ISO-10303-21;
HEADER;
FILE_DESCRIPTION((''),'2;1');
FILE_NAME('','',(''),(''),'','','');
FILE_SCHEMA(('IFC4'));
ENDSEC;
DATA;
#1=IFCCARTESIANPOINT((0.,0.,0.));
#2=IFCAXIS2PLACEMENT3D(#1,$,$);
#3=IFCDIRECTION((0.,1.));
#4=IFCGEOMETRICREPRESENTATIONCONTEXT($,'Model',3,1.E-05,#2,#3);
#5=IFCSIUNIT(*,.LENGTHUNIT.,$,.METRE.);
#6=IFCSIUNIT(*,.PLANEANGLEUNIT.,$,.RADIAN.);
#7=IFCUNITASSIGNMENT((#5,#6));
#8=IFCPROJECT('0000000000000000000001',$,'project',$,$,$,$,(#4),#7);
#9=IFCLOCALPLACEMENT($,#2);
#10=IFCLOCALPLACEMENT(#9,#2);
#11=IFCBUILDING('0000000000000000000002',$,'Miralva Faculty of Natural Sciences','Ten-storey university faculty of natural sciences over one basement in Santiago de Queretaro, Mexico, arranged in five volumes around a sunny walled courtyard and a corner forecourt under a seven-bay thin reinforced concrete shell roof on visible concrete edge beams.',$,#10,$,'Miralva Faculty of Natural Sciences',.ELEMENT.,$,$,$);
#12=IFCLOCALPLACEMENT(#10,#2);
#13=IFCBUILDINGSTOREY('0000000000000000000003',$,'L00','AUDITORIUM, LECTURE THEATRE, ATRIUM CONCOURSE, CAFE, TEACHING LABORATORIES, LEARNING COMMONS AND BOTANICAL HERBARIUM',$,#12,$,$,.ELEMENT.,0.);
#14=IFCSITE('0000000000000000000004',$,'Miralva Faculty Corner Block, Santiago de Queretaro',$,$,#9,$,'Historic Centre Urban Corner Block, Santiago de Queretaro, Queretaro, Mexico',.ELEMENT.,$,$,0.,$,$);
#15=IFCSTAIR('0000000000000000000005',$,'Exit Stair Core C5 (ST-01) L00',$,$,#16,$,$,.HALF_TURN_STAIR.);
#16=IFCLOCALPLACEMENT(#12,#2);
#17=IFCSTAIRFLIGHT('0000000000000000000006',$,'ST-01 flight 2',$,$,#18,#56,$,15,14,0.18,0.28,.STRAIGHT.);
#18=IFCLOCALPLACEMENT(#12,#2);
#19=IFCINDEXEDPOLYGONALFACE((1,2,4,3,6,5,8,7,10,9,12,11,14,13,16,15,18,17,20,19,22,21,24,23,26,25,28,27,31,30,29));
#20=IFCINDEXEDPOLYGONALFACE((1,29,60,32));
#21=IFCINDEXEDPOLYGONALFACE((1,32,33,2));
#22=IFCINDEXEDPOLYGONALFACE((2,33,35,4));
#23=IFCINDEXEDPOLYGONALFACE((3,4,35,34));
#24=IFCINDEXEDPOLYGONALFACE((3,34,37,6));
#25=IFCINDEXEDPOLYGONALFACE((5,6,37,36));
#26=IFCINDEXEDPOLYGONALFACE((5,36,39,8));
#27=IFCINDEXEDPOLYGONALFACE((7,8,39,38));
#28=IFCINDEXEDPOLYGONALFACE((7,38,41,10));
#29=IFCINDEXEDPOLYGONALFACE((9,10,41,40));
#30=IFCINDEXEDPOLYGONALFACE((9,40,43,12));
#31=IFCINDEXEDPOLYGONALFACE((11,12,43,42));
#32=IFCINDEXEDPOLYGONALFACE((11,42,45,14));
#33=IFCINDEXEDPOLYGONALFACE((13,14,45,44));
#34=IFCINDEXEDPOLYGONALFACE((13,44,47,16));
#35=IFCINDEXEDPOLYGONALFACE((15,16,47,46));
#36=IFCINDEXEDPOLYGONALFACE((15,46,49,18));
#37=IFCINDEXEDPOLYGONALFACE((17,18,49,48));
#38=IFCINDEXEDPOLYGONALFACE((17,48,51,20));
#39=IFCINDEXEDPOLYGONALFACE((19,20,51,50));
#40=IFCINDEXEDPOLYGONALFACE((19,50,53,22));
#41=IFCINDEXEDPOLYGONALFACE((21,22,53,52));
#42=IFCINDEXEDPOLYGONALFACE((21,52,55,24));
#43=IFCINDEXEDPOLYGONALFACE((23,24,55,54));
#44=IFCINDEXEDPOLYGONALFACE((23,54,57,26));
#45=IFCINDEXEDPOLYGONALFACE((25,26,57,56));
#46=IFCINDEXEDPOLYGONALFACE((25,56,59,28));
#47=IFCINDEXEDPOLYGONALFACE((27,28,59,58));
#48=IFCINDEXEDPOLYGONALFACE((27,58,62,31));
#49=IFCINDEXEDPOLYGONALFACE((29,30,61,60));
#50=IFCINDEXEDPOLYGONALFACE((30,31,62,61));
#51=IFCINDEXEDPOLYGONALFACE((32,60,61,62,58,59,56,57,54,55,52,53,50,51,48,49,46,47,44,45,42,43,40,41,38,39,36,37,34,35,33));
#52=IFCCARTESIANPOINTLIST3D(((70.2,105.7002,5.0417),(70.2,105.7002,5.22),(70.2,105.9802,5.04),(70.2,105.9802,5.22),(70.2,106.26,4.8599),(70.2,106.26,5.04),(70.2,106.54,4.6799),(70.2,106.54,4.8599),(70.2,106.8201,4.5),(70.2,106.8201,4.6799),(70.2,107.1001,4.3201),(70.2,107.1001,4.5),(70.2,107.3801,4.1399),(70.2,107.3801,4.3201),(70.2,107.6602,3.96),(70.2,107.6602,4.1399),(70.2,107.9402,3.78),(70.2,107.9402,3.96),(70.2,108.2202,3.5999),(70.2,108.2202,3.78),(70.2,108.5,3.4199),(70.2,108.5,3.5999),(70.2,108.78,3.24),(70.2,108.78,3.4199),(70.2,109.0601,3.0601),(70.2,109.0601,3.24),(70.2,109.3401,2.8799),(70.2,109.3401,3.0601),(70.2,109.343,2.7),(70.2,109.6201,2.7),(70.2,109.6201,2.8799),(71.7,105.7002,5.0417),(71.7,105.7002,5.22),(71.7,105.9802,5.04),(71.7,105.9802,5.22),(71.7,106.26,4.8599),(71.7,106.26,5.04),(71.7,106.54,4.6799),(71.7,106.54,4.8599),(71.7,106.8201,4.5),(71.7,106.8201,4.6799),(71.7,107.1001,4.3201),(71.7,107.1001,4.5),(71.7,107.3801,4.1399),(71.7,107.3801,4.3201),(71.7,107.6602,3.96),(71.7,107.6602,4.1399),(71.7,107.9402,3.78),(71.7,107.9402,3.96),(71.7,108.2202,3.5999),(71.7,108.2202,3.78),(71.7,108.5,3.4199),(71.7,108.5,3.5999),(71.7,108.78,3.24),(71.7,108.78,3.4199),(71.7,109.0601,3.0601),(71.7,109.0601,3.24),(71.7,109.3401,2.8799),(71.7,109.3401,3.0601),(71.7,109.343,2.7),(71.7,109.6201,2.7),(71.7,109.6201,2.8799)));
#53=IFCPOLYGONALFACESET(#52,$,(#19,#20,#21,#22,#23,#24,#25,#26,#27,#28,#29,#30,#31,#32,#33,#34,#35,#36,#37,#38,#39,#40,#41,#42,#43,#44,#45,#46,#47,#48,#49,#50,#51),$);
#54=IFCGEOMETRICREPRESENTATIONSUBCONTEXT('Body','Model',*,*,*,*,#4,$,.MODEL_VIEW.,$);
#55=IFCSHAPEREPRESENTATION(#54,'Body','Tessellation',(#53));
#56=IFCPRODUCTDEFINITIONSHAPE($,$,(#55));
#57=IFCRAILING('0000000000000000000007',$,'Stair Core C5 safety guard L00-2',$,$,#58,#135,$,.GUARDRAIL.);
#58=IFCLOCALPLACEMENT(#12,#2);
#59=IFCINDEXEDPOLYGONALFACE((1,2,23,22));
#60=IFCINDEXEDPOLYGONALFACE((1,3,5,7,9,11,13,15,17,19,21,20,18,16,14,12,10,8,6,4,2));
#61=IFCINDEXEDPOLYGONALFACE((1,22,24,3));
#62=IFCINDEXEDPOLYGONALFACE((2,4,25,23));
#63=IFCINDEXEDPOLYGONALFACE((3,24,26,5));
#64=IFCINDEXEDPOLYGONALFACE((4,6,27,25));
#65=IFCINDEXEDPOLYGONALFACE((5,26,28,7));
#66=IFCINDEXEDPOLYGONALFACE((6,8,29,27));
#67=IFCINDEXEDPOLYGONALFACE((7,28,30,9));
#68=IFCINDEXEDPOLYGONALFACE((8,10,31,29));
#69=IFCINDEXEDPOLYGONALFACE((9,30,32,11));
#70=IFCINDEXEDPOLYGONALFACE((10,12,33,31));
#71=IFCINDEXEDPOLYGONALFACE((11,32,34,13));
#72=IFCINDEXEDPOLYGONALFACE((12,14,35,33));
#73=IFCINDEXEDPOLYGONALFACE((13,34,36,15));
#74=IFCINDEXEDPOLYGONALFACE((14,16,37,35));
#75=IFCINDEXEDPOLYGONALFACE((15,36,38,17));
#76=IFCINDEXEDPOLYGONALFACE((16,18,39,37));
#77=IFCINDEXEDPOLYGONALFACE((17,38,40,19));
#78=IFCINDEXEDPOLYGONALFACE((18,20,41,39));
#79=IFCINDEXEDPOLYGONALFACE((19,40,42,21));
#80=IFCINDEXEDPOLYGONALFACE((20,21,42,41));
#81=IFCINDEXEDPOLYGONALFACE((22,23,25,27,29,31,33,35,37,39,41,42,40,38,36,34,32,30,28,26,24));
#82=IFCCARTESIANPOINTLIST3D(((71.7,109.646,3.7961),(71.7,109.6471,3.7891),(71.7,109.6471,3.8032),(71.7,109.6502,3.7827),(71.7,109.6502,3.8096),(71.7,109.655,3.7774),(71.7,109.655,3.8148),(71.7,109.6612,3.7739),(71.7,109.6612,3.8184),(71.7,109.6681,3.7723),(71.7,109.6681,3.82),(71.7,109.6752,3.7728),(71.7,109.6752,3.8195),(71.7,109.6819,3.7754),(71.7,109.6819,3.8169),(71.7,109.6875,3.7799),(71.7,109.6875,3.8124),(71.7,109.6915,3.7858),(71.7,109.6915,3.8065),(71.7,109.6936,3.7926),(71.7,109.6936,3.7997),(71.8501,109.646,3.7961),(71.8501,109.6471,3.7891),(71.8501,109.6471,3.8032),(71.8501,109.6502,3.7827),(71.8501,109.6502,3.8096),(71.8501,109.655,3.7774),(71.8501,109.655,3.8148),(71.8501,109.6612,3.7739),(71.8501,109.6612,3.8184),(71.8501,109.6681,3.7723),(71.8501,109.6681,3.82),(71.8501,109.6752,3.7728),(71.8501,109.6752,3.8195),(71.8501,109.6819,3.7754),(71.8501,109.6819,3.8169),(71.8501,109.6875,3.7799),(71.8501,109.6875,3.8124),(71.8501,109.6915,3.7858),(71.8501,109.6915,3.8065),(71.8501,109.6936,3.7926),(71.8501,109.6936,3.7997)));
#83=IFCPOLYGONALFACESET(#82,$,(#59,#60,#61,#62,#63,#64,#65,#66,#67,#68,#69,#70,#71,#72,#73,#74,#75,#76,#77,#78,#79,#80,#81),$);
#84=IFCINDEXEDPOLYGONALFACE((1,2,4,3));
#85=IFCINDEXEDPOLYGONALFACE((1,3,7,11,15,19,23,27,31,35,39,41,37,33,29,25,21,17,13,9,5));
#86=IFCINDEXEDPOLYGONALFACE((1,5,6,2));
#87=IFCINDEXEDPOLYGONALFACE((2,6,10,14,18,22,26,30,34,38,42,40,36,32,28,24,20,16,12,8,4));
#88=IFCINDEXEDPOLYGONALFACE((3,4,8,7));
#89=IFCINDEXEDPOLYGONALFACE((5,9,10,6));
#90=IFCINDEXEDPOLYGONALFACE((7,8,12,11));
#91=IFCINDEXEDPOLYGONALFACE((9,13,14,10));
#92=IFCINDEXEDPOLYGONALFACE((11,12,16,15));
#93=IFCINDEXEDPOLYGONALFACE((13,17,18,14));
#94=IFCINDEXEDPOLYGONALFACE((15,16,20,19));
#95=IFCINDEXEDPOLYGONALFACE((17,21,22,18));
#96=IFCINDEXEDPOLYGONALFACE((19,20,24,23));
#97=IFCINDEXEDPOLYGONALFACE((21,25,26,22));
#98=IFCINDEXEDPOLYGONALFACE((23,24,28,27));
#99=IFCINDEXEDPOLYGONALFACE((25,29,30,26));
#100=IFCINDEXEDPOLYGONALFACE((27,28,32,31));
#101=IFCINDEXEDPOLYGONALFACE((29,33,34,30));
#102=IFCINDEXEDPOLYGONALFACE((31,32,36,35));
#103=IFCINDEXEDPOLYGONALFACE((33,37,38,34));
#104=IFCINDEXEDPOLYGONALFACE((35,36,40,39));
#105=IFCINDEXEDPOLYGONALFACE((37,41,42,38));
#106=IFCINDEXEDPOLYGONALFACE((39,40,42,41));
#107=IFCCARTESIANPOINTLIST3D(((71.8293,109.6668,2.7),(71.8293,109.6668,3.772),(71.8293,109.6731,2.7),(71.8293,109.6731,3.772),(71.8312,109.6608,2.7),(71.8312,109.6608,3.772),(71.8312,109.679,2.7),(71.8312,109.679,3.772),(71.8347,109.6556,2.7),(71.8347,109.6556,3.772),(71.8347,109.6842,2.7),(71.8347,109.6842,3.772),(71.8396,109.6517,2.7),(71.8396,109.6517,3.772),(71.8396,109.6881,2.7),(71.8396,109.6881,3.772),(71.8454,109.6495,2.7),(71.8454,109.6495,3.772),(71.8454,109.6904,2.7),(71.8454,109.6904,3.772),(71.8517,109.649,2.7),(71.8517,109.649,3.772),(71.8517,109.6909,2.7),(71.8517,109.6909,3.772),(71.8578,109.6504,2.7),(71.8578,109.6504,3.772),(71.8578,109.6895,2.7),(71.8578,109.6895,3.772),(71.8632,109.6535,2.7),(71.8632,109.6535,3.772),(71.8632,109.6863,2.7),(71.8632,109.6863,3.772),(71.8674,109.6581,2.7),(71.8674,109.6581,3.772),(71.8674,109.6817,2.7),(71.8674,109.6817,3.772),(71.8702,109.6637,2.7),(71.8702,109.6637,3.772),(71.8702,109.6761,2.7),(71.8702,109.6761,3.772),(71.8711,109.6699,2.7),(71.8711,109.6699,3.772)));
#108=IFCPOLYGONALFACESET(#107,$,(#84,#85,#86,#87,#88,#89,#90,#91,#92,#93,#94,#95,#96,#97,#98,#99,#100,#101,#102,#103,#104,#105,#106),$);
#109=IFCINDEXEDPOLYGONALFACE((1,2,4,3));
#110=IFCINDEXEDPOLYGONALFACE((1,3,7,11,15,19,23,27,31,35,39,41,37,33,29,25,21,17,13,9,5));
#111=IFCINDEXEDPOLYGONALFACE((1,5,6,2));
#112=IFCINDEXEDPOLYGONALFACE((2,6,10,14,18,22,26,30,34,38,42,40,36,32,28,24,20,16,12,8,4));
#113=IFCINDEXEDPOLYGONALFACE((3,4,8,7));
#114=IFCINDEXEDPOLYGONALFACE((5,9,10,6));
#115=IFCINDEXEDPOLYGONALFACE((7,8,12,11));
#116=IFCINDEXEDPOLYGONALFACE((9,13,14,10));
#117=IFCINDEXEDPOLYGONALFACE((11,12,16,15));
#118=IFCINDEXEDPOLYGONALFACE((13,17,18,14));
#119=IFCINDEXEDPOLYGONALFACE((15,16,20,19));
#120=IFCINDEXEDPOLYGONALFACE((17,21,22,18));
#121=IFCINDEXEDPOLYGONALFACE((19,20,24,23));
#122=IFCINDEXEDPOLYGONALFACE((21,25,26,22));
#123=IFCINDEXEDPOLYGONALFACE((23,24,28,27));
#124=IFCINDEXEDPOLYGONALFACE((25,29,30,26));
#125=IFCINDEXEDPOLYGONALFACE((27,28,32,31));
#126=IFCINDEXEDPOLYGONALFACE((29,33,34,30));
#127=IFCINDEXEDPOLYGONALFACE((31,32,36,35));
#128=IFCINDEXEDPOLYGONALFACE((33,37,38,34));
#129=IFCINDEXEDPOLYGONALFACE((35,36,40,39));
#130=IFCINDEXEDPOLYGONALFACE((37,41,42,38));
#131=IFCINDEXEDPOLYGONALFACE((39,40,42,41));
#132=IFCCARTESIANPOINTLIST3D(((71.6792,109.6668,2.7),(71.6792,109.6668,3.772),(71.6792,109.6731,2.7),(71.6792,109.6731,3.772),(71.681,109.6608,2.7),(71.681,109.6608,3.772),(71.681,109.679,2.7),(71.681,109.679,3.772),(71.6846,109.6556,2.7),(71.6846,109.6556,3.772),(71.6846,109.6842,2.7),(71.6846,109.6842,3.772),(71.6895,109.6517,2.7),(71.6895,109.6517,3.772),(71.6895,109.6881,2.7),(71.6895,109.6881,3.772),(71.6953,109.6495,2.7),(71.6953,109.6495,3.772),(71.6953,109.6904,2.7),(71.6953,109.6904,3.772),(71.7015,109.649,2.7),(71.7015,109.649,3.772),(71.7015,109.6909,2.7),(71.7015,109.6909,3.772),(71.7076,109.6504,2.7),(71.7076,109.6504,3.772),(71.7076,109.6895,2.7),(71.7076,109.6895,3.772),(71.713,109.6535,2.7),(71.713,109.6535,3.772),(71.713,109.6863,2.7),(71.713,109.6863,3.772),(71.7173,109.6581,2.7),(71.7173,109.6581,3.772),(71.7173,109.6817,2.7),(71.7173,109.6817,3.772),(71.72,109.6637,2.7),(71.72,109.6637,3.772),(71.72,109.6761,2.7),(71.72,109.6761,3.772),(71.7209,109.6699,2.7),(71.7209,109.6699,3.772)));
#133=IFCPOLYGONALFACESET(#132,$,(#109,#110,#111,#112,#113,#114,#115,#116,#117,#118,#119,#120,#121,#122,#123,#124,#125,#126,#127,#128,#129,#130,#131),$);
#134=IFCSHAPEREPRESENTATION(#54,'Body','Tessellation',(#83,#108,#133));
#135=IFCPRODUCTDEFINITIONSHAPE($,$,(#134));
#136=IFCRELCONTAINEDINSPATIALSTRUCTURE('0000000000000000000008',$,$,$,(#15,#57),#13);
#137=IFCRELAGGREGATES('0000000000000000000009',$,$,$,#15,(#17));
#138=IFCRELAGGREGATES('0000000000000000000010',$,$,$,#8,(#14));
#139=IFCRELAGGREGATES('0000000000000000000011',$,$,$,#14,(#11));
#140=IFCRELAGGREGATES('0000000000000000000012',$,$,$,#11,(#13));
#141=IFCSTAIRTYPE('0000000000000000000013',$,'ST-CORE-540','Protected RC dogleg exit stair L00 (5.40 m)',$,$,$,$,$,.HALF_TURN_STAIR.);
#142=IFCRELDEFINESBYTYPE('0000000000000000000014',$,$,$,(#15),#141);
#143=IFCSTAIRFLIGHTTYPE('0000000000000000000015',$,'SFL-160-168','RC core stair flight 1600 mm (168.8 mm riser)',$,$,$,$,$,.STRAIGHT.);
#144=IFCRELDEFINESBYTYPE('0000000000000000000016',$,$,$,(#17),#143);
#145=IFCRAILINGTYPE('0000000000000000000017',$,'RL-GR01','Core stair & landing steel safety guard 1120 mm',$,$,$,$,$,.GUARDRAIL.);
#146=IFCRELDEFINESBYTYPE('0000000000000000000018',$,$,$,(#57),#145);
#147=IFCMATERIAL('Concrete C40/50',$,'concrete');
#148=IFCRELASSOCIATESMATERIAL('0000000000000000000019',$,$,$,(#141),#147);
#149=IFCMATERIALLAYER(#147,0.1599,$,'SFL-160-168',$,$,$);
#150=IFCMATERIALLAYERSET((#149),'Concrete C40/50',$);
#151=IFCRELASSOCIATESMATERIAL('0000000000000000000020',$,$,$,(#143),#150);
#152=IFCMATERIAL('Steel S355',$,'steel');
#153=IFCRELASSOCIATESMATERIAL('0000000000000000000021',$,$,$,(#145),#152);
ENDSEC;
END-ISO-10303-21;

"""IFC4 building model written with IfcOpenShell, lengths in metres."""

from ifc_helpers import new_model, si_unit, direction, frame, origin, origin_2d, place, context, subcontext, project, spatial, polyline, circle, outline, extrude, material, layer, layer_set, type_object, element, aggregate, save


model = new_model("IFC4")

# Units and contexts
model_context = context("Model", 3, precision=1e-05, world=origin(), true_north=direction((0.0, 1.0)))
body_context = subcontext(model_context, "Body", "Model", "MODEL_VIEW")
ifc_project = project(units=[si_unit("LENGTHUNIT", "METRE"), si_unit("PLANEANGLEUNIT", "RADIAN")], contexts=[model_context])

# Site, building, storey
site_placement = place(None, origin())
site = spatial("IfcSite", under=ifc_project, at=site_placement, Name="Miralva Faculty Corner Block, Santiago de Queretaro", LongName="Historic Centre Urban Corner Block, Santiago de Queretaro, Queretaro, Mexico", CompositionType="ELEMENT", RefElevation=0.0)
building_placement = place(site_placement, origin())
building = spatial("IfcBuilding", under=site, at=building_placement, Name="Miralva Faculty of Natural Sciences", Description="Ten-storey university faculty of natural sciences over one basement in Santiago de Queretaro, Mexico, arranged in five volumes around a sunny walled courtyard and a corner forecourt under a seven-bay thin reinforced concrete shell roof on visible concrete edge beams.", LongName="Miralva Faculty of Natural Sciences", CompositionType="ELEMENT")
storey_placement = place(building_placement, origin())
storey = spatial("IfcBuildingStorey", under=building, at=storey_placement, Name="L00", Description="AUDITORIUM, LECTURE THEATRE, ATRIUM CONCOURSE, CAFE, TEACHING LABORATORIES, LEARNING COMMONS AND BOTANICAL HERBARIUM", CompositionType="ELEMENT", Elevation=0.0)

# Shared definitions
ifc_material_1 = material(Name="Concrete C40/50", Category="concrete")

# Stair, stair flight
stair_type = type_object("IfcStairType", Name="ST-CORE-540", Description="Protected RC dogleg exit stair L00 (5.40 m)", PredefinedType="HALF_TURN_STAIR", material=ifc_material_1)
stair_placement = place(storey_placement, origin())
stair = element("IfcStair", 1, at=stair_placement, inside=storey, type_object=stair_type, Name="Exit Stair Core C5 (ST-01) L00", PredefinedType="HALF_TURN_STAIR")
ifc_layer_1 = layer(ifc_material_1, 0.1599, Name="SFL-160-168")
ifc_layer_set_1 = layer_set([ifc_layer_1], Name="Concrete C40/50")
stair_flight_type = type_object("IfcStairFlightType", Name="SFL-160-168", Description="RC core stair flight 1600 mm (168.8 mm riser)", PredefinedType="STRAIGHT", material=ifc_layer_set_1)
stair_flight_placement = place(storey_placement, frame((70.95, 109.6201, 2.7), z_axis=(0.0, 0.0, 1.0), x_axis=(0.0, -1.0, 0.0)))
stair_flight = element("IfcStairFlight", 2, at=stair_flight_placement, type_object=stair_flight_type, Name="ST-01 flight 2", NumberOfRisers=15, NumberOfTreads=14, PredefinedType="STRAIGHT", RiserHeight=0.18, TreadLength=0.28, context=body_context, shape_type="SweptSolid", body=[
    extrude(outline(polyline([(0.0, 0.0), (0.0, 0.1799), (0.28, 0.1799), (0.28, 0.3601), (0.5601, 0.3601), (0.5601, 0.54), (0.8401, 0.54), (0.8401, 0.72), (1.1201, 0.72), (1.1201, 0.8999), (1.3999, 0.8999), (1.3999, 1.0801), (1.6799, 1.0801), (1.6799, 1.26), (1.96, 1.26), (1.96, 1.4399), (2.24, 1.4399), (2.24, 1.6201), (2.52, 1.6201), (2.52, 1.8), (2.8, 1.8), (2.8, 1.98), (3.0801, 1.98), (3.0801, 2.1599), (3.3601, 2.1599), (3.3601, 2.3401), (3.6399, 2.3401), (3.6399, 2.52), (3.9199, 2.52), (3.9199, 2.7), (3.9199, 2.3418), (0.2771, 0.0), (0.0, 0.0)])), frame((0.0, 0.75, 0.0), z_axis=(0.0, -1.0, 0.0), x_axis=(1.0, 0.0, 0.0)), (0.0, 0.0, 1.0), 1.5),
])
aggregate(stair, [stair_flight])

# Railing
ifc_material_2 = material(Name="Steel S355", Category="steel")
railing_type_1 = type_object("IfcRailingType", Name="RL-GR01", Description="Core stair & landing steel safety guard 1120 mm", PredefinedType="GUARDRAIL", material=ifc_material_2)
railing_1_placement = place(storey_placement, frame((71.8501, 109.6699, 2.7)))
element("IfcRailing", 3, at=railing_1_placement, inside=storey, type_object=railing_type_1, Name="Stair Core C5 safety guard L00-2", PredefinedType="GUARDRAIL", context=body_context, shape_type="SweptSolid", body=[
    extrude(circle(Radius=0.0239, at=origin_2d()), frame((0.0, 0.0, 1.0962), z_axis=(-1.0, 0.0, 0.0), x_axis=(0.0, -1.0, 0.0)), (0.0, 0.0, 1.0), 0.1501),
    extrude(circle(Radius=0.021, at=origin_2d()), origin(), (0.0, 0.0, 1.0), 1.072),
    extrude(circle(Radius=0.021, at=origin_2d()), frame((-0.1501, 0.0, 0.0)), (0.0, 0.0, 1.0), 1.072),
])

save(model, "model.ifc")
